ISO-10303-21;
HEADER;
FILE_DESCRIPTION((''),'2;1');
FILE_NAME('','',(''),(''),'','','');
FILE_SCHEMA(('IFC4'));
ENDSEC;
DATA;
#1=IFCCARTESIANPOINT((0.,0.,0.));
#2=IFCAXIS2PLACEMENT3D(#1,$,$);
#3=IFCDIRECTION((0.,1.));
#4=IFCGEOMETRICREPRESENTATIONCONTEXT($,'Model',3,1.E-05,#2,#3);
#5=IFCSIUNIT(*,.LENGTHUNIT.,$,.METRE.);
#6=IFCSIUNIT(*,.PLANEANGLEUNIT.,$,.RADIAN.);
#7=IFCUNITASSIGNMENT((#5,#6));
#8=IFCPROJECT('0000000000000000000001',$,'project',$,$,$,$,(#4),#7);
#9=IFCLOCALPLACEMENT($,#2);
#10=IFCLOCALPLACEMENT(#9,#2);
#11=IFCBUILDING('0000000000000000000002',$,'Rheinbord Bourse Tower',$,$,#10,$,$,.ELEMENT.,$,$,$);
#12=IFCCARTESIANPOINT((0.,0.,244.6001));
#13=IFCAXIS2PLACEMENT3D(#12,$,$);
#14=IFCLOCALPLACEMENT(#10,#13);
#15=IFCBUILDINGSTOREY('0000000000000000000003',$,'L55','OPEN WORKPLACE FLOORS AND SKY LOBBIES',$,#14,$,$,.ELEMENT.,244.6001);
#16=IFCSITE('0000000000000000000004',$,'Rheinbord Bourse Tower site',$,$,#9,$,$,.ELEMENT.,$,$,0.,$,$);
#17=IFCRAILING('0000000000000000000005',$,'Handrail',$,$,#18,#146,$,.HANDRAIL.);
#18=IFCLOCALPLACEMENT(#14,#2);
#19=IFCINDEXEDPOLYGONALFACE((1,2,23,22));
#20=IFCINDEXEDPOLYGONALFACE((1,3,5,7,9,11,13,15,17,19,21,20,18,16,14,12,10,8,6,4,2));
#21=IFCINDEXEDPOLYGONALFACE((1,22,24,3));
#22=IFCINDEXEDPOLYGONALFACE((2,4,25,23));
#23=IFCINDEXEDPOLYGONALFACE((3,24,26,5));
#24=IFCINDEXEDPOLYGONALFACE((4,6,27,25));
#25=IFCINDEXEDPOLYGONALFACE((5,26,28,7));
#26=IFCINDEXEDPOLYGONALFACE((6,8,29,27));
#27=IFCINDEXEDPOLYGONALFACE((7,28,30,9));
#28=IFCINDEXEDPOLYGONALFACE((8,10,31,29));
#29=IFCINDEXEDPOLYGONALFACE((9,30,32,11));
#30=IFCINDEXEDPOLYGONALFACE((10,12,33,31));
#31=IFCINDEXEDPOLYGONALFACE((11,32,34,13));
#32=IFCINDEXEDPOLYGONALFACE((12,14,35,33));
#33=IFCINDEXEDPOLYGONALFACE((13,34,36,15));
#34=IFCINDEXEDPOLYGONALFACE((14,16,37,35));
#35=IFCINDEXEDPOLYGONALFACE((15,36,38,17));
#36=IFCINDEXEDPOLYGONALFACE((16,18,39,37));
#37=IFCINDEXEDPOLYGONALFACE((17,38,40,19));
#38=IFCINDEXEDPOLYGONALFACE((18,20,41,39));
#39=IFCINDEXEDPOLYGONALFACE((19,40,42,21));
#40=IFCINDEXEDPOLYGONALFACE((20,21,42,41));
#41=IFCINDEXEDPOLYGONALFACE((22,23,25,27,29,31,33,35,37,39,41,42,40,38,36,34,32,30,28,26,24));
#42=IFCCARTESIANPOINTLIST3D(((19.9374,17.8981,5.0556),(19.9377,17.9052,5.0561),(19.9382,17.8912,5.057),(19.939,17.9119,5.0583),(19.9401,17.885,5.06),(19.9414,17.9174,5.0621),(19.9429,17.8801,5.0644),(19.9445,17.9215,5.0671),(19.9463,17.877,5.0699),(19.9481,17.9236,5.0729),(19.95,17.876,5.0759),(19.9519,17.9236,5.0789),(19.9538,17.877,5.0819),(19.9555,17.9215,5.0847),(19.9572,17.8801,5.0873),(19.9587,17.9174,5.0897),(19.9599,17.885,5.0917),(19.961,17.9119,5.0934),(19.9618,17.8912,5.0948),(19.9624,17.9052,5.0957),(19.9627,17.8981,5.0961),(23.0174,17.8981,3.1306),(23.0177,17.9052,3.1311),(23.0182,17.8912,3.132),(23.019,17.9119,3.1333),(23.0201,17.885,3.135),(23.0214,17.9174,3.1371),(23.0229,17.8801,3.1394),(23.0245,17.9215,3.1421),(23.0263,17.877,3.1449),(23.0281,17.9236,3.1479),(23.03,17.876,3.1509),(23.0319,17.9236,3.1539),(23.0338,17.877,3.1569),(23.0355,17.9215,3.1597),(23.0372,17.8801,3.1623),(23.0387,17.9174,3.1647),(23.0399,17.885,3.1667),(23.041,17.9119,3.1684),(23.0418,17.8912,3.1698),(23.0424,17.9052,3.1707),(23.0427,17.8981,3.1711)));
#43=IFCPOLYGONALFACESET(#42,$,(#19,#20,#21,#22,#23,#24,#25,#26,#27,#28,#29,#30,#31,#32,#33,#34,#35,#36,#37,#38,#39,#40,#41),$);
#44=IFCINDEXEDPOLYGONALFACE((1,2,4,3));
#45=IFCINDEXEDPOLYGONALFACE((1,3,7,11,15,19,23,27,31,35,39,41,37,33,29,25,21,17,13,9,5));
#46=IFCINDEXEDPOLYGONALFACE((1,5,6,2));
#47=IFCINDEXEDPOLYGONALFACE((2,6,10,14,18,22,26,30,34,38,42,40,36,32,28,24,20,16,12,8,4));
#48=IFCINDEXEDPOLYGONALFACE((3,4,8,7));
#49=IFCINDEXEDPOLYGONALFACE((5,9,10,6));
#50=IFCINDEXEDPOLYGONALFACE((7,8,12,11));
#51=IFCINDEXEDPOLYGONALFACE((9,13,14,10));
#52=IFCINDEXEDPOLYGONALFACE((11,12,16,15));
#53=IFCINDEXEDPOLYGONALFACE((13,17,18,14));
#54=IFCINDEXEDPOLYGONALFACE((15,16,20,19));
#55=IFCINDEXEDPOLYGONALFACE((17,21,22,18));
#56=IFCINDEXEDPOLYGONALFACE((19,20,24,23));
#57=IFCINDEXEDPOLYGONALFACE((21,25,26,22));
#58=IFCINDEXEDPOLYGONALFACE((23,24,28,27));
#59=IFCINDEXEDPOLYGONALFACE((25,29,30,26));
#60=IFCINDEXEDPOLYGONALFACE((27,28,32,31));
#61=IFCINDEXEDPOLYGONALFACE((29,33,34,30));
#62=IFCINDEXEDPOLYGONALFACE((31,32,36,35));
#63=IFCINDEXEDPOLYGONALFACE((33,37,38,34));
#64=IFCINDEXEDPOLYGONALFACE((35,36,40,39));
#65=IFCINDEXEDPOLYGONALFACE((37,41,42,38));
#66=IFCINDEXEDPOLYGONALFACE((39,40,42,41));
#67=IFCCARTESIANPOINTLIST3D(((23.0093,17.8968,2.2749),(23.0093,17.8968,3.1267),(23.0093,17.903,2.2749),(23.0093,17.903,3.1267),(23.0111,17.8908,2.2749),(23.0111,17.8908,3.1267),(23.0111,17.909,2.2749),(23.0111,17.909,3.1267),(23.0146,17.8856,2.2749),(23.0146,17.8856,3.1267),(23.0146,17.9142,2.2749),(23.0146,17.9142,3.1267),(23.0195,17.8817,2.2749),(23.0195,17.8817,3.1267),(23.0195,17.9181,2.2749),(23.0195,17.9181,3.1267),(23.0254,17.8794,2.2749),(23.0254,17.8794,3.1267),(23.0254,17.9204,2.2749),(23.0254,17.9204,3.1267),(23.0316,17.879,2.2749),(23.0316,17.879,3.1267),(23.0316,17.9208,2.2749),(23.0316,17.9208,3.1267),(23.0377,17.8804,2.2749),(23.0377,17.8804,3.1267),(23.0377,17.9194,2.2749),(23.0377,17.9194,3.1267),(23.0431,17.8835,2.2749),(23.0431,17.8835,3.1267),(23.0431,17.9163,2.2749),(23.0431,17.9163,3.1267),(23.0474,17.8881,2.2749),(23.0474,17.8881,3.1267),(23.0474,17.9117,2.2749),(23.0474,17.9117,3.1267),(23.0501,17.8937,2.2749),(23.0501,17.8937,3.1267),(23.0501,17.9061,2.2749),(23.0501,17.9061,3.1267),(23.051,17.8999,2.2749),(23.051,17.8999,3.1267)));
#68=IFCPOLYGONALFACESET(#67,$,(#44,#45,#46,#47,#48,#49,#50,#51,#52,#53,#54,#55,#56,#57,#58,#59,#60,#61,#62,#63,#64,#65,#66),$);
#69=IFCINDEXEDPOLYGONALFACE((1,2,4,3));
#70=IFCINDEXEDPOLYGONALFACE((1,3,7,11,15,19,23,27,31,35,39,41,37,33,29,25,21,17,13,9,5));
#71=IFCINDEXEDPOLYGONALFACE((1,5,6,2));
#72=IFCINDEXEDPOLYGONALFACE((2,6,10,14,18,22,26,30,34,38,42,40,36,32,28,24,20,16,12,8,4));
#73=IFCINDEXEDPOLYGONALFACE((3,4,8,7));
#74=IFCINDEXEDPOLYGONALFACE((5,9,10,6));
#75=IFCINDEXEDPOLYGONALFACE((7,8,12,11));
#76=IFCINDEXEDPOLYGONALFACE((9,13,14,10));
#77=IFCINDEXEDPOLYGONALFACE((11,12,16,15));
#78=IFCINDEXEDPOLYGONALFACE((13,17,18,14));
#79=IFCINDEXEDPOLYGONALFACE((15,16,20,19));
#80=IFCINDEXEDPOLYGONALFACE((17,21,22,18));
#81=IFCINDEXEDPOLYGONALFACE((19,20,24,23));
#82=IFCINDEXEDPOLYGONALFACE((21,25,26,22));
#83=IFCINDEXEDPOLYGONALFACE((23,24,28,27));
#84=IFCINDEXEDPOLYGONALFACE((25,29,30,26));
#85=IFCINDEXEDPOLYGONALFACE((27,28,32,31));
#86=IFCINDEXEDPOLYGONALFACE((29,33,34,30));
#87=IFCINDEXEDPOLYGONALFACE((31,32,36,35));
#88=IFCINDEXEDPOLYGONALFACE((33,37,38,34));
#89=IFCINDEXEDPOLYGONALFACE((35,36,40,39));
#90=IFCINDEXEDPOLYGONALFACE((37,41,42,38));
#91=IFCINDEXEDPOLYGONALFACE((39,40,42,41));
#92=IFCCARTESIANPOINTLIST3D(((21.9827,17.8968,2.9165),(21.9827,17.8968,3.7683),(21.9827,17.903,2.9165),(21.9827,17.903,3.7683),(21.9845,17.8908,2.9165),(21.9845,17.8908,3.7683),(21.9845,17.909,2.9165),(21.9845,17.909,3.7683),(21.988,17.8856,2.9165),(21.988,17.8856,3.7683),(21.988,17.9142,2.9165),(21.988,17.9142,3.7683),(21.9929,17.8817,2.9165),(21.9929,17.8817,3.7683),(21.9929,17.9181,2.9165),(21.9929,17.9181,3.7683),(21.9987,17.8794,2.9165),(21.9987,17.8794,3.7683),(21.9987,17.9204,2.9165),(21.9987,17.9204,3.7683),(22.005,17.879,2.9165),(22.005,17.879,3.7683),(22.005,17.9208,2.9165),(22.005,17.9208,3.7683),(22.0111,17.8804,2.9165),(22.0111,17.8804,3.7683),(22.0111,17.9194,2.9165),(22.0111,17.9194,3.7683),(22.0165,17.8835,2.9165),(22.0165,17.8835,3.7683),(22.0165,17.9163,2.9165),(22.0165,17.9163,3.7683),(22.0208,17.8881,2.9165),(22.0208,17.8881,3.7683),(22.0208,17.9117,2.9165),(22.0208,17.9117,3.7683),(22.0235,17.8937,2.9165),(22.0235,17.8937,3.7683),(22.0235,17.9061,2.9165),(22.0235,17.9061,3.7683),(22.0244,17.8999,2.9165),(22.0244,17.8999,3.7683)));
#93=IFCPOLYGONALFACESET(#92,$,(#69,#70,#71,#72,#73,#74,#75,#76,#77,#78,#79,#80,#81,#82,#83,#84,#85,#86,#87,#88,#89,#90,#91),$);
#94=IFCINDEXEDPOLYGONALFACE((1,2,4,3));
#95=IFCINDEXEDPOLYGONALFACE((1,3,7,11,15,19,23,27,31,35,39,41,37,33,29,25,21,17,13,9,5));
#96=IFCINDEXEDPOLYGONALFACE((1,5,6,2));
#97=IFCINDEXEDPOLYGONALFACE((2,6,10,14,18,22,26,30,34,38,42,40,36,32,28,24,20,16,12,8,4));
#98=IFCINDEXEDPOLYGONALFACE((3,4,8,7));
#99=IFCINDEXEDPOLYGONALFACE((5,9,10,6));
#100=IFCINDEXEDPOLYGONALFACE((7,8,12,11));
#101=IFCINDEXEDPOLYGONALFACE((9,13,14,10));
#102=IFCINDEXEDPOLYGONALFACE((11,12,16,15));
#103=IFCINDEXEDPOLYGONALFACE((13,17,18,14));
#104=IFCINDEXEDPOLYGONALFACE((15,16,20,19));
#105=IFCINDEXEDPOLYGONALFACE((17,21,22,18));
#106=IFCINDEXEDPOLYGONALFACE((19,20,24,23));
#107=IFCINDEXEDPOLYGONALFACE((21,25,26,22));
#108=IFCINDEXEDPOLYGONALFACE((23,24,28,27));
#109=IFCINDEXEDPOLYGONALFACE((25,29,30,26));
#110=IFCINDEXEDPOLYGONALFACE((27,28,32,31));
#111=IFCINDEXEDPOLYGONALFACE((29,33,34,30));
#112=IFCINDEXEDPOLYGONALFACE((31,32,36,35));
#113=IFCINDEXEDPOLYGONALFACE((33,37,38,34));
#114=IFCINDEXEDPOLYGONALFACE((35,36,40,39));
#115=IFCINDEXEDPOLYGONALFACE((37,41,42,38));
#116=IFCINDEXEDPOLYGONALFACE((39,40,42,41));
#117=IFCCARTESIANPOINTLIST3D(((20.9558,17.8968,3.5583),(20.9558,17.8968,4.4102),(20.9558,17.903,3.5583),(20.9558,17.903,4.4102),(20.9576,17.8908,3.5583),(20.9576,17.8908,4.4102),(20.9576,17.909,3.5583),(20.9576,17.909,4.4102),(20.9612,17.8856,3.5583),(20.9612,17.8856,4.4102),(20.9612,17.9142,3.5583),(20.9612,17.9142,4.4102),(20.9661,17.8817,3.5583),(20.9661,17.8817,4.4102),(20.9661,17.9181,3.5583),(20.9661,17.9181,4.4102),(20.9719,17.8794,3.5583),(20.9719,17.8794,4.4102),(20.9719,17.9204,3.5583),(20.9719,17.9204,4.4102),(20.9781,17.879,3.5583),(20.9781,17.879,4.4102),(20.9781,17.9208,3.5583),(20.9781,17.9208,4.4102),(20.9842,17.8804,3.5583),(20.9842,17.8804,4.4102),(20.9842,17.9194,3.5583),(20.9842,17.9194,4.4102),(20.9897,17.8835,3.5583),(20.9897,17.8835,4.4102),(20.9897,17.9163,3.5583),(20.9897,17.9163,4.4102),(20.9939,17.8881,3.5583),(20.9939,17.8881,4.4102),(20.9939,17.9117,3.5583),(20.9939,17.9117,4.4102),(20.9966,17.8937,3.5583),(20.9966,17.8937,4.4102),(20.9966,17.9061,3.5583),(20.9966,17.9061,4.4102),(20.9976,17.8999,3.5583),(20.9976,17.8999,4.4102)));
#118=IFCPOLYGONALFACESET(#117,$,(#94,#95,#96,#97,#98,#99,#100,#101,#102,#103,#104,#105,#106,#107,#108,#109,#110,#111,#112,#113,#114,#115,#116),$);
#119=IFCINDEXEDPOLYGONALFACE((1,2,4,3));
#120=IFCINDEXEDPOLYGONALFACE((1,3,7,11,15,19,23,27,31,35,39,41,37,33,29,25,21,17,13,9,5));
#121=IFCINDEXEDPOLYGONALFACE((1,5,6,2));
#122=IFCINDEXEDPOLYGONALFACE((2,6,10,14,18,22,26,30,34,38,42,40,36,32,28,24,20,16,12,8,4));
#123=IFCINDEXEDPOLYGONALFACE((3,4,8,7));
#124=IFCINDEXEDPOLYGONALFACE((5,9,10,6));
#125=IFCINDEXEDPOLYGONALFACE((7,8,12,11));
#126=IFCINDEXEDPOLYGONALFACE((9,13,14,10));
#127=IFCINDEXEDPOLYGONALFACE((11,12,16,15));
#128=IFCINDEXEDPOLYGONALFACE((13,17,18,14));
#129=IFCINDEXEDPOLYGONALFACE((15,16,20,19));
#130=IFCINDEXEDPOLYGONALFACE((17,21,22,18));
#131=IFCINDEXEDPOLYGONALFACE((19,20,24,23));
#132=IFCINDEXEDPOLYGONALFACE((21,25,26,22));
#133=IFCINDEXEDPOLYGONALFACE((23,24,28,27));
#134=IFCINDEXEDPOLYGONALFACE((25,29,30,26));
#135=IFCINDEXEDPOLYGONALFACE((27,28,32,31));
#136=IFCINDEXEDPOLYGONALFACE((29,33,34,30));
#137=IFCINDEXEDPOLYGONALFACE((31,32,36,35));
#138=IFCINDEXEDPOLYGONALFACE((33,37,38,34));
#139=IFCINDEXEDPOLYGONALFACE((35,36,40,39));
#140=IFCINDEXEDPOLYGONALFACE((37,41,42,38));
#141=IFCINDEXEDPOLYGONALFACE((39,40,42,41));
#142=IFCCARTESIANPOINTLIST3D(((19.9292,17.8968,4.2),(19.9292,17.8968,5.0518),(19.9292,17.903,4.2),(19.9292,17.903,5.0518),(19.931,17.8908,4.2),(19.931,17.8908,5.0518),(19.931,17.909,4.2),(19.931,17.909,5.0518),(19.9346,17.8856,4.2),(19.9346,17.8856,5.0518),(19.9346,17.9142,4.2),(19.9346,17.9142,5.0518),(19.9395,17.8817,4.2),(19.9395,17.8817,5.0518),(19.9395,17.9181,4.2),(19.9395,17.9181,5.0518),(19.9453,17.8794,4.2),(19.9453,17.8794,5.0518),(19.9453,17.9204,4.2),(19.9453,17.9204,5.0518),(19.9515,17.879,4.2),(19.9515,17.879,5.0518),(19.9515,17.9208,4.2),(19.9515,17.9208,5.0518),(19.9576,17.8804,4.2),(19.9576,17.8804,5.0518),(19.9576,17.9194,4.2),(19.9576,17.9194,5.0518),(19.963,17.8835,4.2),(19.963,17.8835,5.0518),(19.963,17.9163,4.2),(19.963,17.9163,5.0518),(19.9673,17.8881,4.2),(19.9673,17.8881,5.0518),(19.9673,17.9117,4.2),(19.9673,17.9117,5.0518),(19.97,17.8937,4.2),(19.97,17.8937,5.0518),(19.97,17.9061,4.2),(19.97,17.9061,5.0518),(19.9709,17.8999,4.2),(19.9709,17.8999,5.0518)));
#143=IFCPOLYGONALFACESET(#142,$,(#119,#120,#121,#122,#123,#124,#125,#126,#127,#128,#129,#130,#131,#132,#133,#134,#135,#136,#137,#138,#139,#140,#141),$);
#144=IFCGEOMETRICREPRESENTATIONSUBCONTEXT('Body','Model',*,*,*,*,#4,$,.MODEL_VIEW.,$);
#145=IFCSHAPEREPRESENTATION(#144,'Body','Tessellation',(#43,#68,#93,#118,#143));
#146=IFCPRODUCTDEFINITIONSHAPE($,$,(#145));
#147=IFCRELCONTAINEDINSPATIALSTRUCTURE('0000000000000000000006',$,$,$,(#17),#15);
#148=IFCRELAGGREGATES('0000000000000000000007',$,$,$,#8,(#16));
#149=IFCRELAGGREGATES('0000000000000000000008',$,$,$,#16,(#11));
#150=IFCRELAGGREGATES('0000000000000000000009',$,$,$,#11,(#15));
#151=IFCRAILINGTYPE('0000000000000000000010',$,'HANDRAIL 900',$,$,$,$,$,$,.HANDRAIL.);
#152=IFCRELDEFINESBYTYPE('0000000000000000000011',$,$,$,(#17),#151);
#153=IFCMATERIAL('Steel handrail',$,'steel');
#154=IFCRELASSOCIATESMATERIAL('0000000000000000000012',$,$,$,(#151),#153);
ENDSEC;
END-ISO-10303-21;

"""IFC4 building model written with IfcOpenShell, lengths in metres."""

from ifc_helpers import new_model, si_unit, direction, frame, origin, origin_2d, place, context, subcontext, project, spatial, circle, extrude, material, type_object, element, save


model = new_model("IFC4")

# Units and contexts
model_context = context("Model", 3, precision=1e-05, world=origin(), true_north=direction((0.0, 1.0)))
body_context = subcontext(model_context, "Body", "Model", "MODEL_VIEW")
ifc_project = project(units=[si_unit("LENGTHUNIT", "METRE"), si_unit("PLANEANGLEUNIT", "RADIAN")], contexts=[model_context])

# Site, building, storey
site_placement = place(None, origin())
site = spatial("IfcSite", under=ifc_project, at=site_placement, Name="Rheinbord Bourse Tower site", CompositionType="ELEMENT", RefElevation=0.0)
building_placement = place(site_placement, origin())
building = spatial("IfcBuilding", under=site, at=building_placement, Name="Rheinbord Bourse Tower", CompositionType="ELEMENT")
storey_placement = place(building_placement, frame((0.0, 0.0, 244.6001)))
storey = spatial("IfcBuildingStorey", under=building, at=storey_placement, Name="L55", Description="OPEN WORKPLACE FLOORS AND SKY LOBBIES", CompositionType="ELEMENT", Elevation=244.6001)

# Railing
ifc_material_1 = material(Name="Steel handrail", Category="steel")
railing_type = type_object("IfcRailingType", Name="HANDRAIL 900", PredefinedType="HANDRAIL", material=ifc_material_1)
railing_1_placement = place(storey_placement, frame((23.03, 17.8999, 2.2749)))
element("IfcRailing", 1, at=railing_1_placement, inside=storey, type_object=railing_type, Name="Handrail", PredefinedType="HANDRAIL", context=body_context, shape_type="SweptSolid", body=[
    extrude(circle(Radius=0.0239, at=origin_2d()), frame((0.0, 0.0, 0.876), z_axis=(-0.847998, 0.0, 0.529999), x_axis=(0.0, -1.0, 0.0)), (0.0, 0.0, 1.0), 3.6321),
    extrude(circle(Radius=0.021, at=origin_2d()), origin(), (0.0, 0.0, 1.0), 0.8518),
    extrude(circle(Radius=0.021, at=origin_2d()), frame((-1.0266, 0.0, 0.6416)), (0.0, 0.0, 1.0), 0.8518),
    extrude(circle(Radius=0.021, at=origin_2d()), frame((-2.0535, 0.0, 1.2834)), (0.0, 0.0, 1.0), 0.8518),
    extrude(circle(Radius=0.021, at=origin_2d()), frame((-3.0801, 0.0, 1.925)), (0.0, 0.0, 1.0), 0.8518),
])

save(model, "model.ifc")
